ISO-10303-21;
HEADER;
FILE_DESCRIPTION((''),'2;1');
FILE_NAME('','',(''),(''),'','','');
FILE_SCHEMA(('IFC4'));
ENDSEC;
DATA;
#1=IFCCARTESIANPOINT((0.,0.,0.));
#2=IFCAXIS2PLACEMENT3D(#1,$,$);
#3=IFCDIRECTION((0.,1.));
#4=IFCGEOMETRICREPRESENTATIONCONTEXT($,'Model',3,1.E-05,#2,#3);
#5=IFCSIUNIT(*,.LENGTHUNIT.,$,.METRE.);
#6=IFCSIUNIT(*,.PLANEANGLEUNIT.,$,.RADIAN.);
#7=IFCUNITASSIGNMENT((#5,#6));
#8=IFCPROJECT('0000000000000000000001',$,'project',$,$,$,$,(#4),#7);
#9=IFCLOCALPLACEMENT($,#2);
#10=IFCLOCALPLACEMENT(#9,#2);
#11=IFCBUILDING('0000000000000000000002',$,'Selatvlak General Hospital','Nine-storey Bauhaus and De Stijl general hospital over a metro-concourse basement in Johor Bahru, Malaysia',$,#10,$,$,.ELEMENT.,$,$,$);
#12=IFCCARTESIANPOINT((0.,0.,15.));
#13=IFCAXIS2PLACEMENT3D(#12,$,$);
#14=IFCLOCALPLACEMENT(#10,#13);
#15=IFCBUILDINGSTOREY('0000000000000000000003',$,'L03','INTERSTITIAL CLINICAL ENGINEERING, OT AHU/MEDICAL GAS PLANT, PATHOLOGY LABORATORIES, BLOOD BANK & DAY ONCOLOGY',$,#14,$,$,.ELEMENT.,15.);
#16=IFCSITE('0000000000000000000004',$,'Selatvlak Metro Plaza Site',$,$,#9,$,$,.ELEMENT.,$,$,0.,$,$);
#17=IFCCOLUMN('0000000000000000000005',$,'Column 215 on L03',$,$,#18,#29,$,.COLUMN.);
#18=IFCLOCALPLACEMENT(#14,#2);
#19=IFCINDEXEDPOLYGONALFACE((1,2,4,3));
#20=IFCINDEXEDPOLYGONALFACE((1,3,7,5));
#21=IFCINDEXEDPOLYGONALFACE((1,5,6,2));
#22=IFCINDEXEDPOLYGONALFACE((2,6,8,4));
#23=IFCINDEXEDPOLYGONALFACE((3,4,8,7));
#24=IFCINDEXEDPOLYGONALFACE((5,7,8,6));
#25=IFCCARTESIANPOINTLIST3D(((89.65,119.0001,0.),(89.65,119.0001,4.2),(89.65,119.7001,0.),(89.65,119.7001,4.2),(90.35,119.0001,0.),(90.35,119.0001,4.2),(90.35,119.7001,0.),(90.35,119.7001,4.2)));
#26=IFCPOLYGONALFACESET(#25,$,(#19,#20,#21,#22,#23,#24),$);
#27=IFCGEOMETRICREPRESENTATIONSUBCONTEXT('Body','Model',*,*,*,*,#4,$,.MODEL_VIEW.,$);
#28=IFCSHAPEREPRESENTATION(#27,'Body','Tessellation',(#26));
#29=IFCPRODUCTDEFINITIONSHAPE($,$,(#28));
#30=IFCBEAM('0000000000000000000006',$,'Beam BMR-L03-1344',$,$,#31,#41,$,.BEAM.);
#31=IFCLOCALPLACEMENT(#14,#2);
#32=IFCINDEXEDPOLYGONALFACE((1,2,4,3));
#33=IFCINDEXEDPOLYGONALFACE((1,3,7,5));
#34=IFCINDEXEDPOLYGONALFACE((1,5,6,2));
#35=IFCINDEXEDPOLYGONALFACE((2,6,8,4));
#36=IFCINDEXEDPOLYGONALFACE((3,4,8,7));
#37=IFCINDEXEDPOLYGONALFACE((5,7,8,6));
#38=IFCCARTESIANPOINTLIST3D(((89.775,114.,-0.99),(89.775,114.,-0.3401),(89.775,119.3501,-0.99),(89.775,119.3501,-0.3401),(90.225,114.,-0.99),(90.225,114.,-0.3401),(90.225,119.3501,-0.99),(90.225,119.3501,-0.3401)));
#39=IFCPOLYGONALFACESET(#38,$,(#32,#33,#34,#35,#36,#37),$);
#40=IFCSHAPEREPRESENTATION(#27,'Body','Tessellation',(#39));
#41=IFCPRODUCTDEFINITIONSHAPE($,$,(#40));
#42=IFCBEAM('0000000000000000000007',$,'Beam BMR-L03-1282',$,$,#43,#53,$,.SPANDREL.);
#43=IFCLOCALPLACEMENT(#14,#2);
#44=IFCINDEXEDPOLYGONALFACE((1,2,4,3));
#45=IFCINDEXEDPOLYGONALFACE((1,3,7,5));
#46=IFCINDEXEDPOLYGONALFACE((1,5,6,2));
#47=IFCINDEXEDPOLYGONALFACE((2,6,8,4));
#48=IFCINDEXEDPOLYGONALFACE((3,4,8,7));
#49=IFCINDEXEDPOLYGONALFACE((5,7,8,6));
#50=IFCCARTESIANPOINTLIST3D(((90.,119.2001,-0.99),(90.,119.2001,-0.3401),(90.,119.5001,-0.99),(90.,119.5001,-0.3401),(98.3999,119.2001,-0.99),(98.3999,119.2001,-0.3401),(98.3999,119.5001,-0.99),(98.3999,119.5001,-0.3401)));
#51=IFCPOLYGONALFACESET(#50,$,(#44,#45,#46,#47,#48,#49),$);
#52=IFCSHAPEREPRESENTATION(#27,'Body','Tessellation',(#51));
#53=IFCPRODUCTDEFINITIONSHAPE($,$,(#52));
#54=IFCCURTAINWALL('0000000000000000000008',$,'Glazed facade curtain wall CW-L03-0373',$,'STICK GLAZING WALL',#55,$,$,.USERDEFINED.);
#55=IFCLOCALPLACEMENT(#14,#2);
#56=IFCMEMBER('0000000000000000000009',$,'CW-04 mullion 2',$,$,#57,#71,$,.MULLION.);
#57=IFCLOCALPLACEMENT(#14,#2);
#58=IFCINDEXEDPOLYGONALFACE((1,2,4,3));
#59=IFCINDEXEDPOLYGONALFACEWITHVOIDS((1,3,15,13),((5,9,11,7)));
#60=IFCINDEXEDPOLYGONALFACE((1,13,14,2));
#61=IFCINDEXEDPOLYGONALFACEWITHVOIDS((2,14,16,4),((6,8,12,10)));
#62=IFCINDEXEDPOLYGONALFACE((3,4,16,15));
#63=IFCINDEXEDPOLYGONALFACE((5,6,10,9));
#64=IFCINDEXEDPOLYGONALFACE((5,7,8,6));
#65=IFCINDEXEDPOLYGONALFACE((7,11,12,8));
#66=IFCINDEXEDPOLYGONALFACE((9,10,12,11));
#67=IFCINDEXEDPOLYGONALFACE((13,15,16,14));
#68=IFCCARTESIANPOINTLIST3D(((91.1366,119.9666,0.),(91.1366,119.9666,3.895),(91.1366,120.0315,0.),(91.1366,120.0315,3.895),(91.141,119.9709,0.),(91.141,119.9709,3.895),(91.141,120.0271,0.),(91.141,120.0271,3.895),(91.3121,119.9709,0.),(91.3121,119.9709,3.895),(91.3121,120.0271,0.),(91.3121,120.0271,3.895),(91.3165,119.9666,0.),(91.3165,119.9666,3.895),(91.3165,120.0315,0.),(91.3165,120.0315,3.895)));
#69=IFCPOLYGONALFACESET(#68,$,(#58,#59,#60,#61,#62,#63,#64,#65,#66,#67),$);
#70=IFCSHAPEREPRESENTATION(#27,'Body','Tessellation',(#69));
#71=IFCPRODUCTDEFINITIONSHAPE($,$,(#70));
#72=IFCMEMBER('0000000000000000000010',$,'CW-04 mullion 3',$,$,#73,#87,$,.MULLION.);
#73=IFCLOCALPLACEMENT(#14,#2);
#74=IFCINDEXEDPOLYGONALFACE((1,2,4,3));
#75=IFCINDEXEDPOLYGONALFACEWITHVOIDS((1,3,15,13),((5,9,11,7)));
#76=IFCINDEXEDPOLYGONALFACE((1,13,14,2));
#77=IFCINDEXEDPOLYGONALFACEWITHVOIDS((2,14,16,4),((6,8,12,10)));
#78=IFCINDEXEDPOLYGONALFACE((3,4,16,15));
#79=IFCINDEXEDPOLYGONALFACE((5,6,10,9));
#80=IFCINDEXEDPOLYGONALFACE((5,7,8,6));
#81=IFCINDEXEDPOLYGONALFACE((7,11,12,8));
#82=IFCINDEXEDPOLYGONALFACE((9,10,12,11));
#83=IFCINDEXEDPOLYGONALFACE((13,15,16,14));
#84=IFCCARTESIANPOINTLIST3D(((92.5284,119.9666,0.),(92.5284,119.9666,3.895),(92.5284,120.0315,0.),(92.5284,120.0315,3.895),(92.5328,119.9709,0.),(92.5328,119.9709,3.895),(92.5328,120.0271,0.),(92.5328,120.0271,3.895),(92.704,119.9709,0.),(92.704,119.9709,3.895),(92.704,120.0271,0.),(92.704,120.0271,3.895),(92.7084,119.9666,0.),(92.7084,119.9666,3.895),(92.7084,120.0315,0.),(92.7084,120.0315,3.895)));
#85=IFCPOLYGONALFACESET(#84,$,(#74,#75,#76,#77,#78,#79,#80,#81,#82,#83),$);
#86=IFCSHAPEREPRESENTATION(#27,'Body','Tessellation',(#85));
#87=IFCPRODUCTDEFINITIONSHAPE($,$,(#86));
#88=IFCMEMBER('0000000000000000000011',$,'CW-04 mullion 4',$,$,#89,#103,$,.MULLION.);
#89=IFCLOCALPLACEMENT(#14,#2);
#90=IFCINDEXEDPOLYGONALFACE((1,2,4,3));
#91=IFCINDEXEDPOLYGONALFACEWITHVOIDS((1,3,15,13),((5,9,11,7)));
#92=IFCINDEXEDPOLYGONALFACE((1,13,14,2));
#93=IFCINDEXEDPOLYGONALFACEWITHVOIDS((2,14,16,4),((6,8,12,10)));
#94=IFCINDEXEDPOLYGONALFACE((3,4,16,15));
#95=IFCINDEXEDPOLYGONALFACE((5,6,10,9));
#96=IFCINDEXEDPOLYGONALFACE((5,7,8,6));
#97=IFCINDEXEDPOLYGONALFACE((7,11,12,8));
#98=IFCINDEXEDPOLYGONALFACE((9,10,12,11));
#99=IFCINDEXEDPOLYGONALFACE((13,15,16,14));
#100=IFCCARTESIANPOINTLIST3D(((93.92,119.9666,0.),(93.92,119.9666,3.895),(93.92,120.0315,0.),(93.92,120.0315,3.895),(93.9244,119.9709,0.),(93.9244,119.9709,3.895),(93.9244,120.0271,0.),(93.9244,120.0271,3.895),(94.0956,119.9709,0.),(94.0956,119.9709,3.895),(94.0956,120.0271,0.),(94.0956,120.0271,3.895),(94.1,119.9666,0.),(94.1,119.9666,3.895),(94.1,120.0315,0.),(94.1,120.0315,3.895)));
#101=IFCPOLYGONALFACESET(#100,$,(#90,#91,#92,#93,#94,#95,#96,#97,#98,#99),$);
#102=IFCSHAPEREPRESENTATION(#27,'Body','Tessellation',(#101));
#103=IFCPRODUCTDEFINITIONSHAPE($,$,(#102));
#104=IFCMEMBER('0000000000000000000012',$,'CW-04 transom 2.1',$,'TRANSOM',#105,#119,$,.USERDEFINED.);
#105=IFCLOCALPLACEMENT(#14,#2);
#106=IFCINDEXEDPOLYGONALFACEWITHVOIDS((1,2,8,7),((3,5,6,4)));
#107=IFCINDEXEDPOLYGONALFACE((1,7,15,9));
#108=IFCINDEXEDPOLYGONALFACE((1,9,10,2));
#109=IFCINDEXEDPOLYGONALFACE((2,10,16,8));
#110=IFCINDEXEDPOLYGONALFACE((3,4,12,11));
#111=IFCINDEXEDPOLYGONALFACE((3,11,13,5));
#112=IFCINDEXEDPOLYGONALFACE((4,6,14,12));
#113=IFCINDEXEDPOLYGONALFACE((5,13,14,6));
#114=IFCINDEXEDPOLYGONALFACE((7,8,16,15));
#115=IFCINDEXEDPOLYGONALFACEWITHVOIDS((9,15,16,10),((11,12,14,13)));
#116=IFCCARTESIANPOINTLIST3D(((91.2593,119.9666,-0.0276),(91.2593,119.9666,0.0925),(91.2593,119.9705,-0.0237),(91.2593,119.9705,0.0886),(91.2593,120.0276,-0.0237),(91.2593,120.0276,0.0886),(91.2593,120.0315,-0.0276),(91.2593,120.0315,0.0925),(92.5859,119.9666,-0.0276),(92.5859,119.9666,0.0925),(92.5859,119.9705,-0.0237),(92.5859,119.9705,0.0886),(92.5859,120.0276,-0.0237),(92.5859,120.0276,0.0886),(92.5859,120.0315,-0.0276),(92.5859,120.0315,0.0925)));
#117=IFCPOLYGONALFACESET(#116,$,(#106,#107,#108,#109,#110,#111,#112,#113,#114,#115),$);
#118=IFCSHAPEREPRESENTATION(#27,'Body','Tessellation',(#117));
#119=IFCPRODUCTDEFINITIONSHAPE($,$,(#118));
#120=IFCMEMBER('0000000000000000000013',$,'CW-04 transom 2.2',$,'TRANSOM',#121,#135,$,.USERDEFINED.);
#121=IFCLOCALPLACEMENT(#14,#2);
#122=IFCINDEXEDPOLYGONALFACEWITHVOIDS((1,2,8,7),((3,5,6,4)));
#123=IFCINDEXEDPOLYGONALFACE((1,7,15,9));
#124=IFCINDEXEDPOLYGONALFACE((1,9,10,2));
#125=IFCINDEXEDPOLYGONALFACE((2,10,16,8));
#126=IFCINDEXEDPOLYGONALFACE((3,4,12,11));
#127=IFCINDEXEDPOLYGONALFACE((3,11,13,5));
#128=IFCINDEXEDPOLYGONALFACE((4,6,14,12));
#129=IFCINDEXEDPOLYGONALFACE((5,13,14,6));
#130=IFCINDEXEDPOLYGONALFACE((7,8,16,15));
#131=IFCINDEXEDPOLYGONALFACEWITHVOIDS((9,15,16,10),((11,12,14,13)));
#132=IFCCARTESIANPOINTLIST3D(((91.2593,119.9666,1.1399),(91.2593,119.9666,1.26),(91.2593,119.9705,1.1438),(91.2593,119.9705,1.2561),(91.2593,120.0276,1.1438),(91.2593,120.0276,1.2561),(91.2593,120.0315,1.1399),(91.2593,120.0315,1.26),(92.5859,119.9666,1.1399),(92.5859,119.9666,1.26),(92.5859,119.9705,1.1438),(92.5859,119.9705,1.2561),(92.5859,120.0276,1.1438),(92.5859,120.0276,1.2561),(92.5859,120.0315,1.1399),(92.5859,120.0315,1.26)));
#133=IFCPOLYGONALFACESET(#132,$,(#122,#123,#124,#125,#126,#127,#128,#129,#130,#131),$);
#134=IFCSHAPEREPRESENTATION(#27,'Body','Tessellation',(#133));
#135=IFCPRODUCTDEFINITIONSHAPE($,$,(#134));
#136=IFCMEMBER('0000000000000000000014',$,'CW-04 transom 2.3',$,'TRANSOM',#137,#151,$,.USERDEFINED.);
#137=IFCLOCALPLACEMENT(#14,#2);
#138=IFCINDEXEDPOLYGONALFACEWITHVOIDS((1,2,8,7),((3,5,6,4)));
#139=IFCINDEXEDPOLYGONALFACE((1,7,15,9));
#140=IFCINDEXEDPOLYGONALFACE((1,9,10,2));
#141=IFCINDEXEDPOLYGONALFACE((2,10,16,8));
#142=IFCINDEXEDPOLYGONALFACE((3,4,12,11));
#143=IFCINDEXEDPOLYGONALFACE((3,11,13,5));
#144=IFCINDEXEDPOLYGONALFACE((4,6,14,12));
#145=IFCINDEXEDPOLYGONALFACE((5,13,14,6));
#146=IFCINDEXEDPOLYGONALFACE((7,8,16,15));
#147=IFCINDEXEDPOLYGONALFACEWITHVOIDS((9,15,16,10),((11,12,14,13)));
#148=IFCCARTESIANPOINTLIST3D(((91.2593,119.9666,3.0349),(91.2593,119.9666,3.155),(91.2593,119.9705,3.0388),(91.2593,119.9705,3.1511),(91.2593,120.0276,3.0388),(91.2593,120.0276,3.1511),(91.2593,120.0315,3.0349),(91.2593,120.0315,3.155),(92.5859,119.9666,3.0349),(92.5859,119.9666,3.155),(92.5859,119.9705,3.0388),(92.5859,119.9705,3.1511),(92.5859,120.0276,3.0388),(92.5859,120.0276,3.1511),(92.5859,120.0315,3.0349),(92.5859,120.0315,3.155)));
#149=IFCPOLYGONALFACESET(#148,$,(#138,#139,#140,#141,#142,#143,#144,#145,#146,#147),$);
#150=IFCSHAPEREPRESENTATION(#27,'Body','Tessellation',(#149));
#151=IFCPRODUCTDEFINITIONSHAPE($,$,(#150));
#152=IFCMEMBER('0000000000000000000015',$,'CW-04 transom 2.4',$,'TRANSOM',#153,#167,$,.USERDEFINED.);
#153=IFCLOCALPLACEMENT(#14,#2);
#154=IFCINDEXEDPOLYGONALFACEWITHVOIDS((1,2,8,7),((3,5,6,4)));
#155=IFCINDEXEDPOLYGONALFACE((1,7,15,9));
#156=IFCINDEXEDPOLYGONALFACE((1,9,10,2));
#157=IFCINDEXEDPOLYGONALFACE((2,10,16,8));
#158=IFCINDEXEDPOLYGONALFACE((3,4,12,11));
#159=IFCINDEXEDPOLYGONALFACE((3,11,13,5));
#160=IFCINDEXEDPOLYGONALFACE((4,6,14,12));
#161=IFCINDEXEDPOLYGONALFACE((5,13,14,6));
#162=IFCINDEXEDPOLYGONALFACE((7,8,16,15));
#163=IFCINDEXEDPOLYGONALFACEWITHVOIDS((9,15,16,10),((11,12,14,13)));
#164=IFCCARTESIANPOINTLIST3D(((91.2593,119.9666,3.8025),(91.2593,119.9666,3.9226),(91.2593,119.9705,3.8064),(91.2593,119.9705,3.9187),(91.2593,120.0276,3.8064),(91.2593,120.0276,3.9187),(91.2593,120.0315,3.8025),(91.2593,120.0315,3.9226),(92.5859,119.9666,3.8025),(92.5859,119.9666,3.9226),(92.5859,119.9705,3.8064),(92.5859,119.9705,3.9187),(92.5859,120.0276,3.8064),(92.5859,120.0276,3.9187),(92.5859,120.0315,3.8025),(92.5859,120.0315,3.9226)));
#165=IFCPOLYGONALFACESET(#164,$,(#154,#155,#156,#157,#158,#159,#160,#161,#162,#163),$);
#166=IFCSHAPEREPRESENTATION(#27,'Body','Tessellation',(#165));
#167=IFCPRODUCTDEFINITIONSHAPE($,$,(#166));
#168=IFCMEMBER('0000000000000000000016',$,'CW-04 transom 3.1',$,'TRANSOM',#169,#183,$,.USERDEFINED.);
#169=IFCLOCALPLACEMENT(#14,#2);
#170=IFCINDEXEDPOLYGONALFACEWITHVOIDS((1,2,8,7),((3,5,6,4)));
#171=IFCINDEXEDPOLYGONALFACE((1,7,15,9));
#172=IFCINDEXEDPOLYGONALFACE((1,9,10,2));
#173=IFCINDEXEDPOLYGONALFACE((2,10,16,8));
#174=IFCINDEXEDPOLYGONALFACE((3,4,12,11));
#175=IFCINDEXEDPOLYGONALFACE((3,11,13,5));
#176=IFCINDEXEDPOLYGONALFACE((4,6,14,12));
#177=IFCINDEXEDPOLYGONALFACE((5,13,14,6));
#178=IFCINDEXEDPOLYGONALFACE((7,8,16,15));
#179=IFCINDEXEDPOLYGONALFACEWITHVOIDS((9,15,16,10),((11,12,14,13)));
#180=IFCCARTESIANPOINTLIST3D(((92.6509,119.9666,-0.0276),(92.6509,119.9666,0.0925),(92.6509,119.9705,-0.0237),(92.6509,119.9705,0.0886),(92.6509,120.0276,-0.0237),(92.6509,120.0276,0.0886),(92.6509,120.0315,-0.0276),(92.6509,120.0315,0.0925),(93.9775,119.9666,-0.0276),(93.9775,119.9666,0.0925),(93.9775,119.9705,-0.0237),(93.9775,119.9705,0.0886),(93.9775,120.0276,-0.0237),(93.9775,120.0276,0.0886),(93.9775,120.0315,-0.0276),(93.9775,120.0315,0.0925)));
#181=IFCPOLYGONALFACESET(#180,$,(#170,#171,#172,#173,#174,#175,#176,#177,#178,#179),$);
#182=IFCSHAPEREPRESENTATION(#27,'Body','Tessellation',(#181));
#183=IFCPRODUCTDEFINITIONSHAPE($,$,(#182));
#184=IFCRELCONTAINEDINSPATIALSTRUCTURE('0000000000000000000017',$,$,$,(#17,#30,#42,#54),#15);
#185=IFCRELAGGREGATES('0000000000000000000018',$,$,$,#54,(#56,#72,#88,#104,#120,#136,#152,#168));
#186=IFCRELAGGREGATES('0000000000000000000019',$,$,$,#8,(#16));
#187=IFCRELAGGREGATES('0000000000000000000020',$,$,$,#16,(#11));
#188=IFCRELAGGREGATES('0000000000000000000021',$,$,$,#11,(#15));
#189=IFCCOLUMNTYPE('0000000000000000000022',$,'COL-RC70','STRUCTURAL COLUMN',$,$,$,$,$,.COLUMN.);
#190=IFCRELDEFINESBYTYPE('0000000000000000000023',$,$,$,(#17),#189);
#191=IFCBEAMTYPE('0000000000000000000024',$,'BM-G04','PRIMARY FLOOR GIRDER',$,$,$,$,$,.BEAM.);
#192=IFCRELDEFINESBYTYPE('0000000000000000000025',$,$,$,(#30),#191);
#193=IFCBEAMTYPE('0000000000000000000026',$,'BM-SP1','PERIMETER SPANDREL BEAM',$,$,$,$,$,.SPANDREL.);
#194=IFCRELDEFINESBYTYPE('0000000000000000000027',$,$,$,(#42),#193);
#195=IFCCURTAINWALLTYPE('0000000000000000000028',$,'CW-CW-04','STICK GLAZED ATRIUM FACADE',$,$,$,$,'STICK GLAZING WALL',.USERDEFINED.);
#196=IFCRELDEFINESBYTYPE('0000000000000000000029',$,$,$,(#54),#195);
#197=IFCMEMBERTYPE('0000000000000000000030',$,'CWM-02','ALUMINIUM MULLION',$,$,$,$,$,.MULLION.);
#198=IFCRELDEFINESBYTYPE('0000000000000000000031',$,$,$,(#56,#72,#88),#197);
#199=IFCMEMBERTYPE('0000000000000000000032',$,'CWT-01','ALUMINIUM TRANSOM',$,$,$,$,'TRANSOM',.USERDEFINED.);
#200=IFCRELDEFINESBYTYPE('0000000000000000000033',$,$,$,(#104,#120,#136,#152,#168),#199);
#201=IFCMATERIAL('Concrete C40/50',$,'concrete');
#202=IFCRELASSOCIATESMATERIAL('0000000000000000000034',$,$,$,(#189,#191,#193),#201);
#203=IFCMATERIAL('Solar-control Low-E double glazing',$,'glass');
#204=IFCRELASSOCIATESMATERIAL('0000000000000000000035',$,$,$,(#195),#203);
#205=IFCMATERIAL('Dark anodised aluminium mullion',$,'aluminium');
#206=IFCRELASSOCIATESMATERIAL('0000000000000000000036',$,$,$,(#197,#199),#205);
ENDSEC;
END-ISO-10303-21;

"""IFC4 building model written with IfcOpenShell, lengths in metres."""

from ifc_helpers import new_model, si_unit, direction, frame, origin, origin_2d, place, context, subcontext, project, spatial, rectangle, hollow_rectangle, extrude, material, material_profile, profile_set, type_object, element, aggregate, save


model = new_model("IFC4")

# Units and contexts
model_context = context("Model", 3, precision=1e-05, world=origin(), true_north=direction((0.0, 1.0)))
body_context = subcontext(model_context, "Body", "Model", "MODEL_VIEW")
ifc_project = project(units=[si_unit("LENGTHUNIT", "METRE"), si_unit("PLANEANGLEUNIT", "RADIAN")], contexts=[model_context])

# Site, building, storey
site_placement = place(None, origin())
site = spatial("IfcSite", under=ifc_project, at=site_placement, Name="Selatvlak Metro Plaza Site", CompositionType="ELEMENT", RefElevation=0.0)
building_placement = place(site_placement, origin())
building = spatial("IfcBuilding", under=site, at=building_placement, Name="Selatvlak General Hospital", Description="Nine-storey Bauhaus and De Stijl general hospital over a metro-concourse basement in Johor Bahru, Malaysia", CompositionType="ELEMENT")
storey_placement = place(building_placement, frame((0.0, 0.0, 15.0)))
storey = spatial("IfcBuildingStorey", under=building, at=storey_placement, Name="L03", Description="INTERSTITIAL CLINICAL ENGINEERING, OT AHU/MEDICAL GAS PLANT, PATHOLOGY LABORATORIES, BLOOD BANK & DAY ONCOLOGY", CompositionType="ELEMENT", Elevation=15.0)

# Column
ifc_material_1 = material(Name="Concrete C40/50", Category="concrete")
ifc_material_profile_1 = material_profile(ifc_material_1, rectangle(XDim=0.7, YDim=0.7, at=origin_2d()), Name="RC-COL 700x700")
ifc_profile_set_1 = profile_set([ifc_material_profile_1], Name="Concrete C40/50")
column_type = type_object("IfcColumnType", Name="COL-RC70", Description="STRUCTURAL COLUMN", PredefinedType="COLUMN", material=ifc_profile_set_1)
column_placement = place(storey_placement, frame((90.0, 119.3501, 0.0), z_axis=(0.0, 0.0, 1.0), x_axis=(1.0, 0.0, 0.0)))
element("IfcColumn", 1, at=column_placement, inside=storey, type_object=column_type, Name="Column 215 on L03", PredefinedType="COLUMN", context=body_context, shape_type="SweptSolid", body=[
    extrude(rectangle(XDim=0.7, YDim=0.7, at=origin_2d()), origin(), (0.0, 0.0, 1.0), 4.2),
])

# Beams
ifc_material_profile_2 = material_profile(ifc_material_1, rectangle(XDim=0.45, YDim=0.6499, at=origin_2d()), Name="RC-BM 450x650")
ifc_profile_set_2 = profile_set([ifc_material_profile_2], Name="Concrete C40/50")
beam_type_1 = type_object("IfcBeamType", Name="BM-G04", Description="PRIMARY FLOOR GIRDER", PredefinedType="BEAM", material=ifc_profile_set_2)
beam_1_placement = place(storey_placement, frame((90.0, 114.0, -0.665), z_axis=(0.0, 1.0, 0.0), x_axis=(-1.0, 0.0, 0.0)))
element("IfcBeam", 2, at=beam_1_placement, inside=storey, type_object=beam_type_1, Name="Beam BMR-L03-1344", PredefinedType="BEAM", context=body_context, shape_type="SweptSolid", body=[
    extrude(rectangle(XDim=0.45, YDim=0.6499, at=origin_2d()), origin(), (0.0, 0.0, 1.0), 5.3501),
])
ifc_material_profile_3 = material_profile(ifc_material_1, rectangle(XDim=0.3, YDim=0.6499, at=origin_2d()), Name="RC-SP 300x650")
ifc_profile_set_3 = profile_set([ifc_material_profile_3], Name="Concrete C40/50")
beam_type_2 = type_object("IfcBeamType", Name="BM-SP1", Description="PERIMETER SPANDREL BEAM", PredefinedType="SPANDREL", material=ifc_profile_set_3)
beam_2_placement = place(storey_placement, frame((90.0, 119.3501, -0.665), z_axis=(1.0, 0.0, 0.0), x_axis=(0.0, 1.0, 0.0)))
element("IfcBeam", 3, at=beam_2_placement, inside=storey, type_object=beam_type_2, Name="Beam BMR-L03-1282", PredefinedType="SPANDREL", context=body_context, shape_type="SweptSolid", body=[
    extrude(rectangle(XDim=0.3, YDim=0.6499, at=origin_2d()), origin(), (0.0, 0.0, 1.0), 8.3999),
])

# Curtain wall, members
ifc_material_2 = material(Name="Solar-control Low-E double glazing", Category="glass")
curtain_wall_type = type_object("IfcCurtainWallType", Name="CW-CW-04", Description="STICK GLAZED ATRIUM FACADE", ElementType="STICK GLAZING WALL", PredefinedType="USERDEFINED", material=ifc_material_2)
curtain_wall_placement = place(storey_placement, origin())
curtain_wall = element("IfcCurtainWall", 4, at=curtain_wall_placement, inside=storey, type_object=curtain_wall_type, Name="Glazed facade curtain wall CW-L03-0373", ObjectType="STICK GLAZING WALL", PredefinedType="USERDEFINED")
ifc_material_3 = material(Name="Dark anodised aluminium mullion", Category="aluminium")
ifc_material_profile_4 = material_profile(ifc_material_3, hollow_rectangle(XDim=0.0649, YDim=0.1799, WallThickness=0.0044, at=origin_2d()), Name="AL-MUL 65x180x4.5")
ifc_profile_set_4 = profile_set([ifc_material_profile_4], Name="Dark anodised aluminium mullion")
member_type_1 = type_object("IfcMemberType", Name="CWM-02", Description="ALUMINIUM MULLION", PredefinedType="MULLION", material=ifc_profile_set_4)
member_1_placement = place(storey_placement, frame((91.2266, 119.999, 0.0), z_axis=(0.0, 0.0, 1.0), x_axis=(0.0, 1.0, 0.0)))
member_1 = element("IfcMember", 5, at=member_1_placement, type_object=member_type_1, Name="CW-04 mullion 2", PredefinedType="MULLION", context=body_context, shape_type="SweptSolid", body=[
    extrude(hollow_rectangle(XDim=0.0649, YDim=0.1799, WallThickness=0.0044, at=origin_2d()), origin(), (0.0, 0.0, 1.0), 3.895),
])
member_2_placement = place(storey_placement, frame((92.6184, 119.999, 0.0), z_axis=(0.0, 0.0, 1.0), x_axis=(0.0, 1.0, 0.0)))
member_2 = element("IfcMember", 6, at=member_2_placement, type_object=member_type_1, Name="CW-04 mullion 3", PredefinedType="MULLION", context=body_context, shape_type="SweptSolid", body=[
    extrude(hollow_rectangle(XDim=0.0649, YDim=0.1799, WallThickness=0.0044, at=origin_2d()), origin(), (0.0, 0.0, 1.0), 3.895),
])
member_3_placement = place(storey_placement, frame((94.01, 119.999, 0.0), z_axis=(0.0, 0.0, 1.0), x_axis=(0.0, 1.0, 0.0)))
member_3 = element("IfcMember", 7, at=member_3_placement, type_object=member_type_1, Name="CW-04 mullion 4", PredefinedType="MULLION", context=body_context, shape_type="SweptSolid", body=[
    extrude(hollow_rectangle(XDim=0.0649, YDim=0.1799, WallThickness=0.0044, at=origin_2d()), origin(), (0.0, 0.0, 1.0), 3.895),
])
ifc_material_profile_5 = material_profile(ifc_material_3, hollow_rectangle(XDim=0.0649, YDim=0.1201, WallThickness=0.0039, at=origin_2d()), Name="AL-TRN 65x120x4")
ifc_profile_set_5 = profile_set([ifc_material_profile_5], Name="Dark anodised aluminium mullion")
member_type_2 = type_object("IfcMemberType", Name="CWT-01", Description="ALUMINIUM TRANSOM", ElementType="TRANSOM", PredefinedType="USERDEFINED", material=ifc_profile_set_5)
member_4_placement = place(storey_placement, frame((91.2593, 119.999, 0.0325), z_axis=(1.0, 0.0, 0.0), x_axis=(0.0, 1.0, 0.0)))
member_4 = element("IfcMember", 8, at=member_4_placement, type_object=member_type_2, Name="CW-04 transom 2.1", ObjectType="TRANSOM", PredefinedType="USERDEFINED", context=body_context, shape_type="SweptSolid", body=[
    extrude(hollow_rectangle(XDim=0.0649, YDim=0.1201, WallThickness=0.0039, at=origin_2d()), origin(), (0.0, 0.0, 1.0), 1.3267),
])
member_5_placement = place(storey_placement, frame((91.2593, 119.999, 1.2), z_axis=(1.0, 0.0, 0.0), x_axis=(0.0, 1.0, 0.0)))
member_5 = element("IfcMember", 9, at=member_5_placement, type_object=member_type_2, Name="CW-04 transom 2.2", ObjectType="TRANSOM", PredefinedType="USERDEFINED", context=body_context, shape_type="SweptSolid", body=[
    extrude(hollow_rectangle(XDim=0.0649, YDim=0.1201, WallThickness=0.0039, at=origin_2d()), origin(), (0.0, 0.0, 1.0), 1.3267),
])
member_6_placement = place(storey_placement, frame((91.2593, 119.999, 3.095), z_axis=(1.0, 0.0, 0.0), x_axis=(0.0, 1.0, 0.0)))
member_6 = element("IfcMember", 10, at=member_6_placement, type_object=member_type_2, Name="CW-04 transom 2.3", ObjectType="TRANSOM", PredefinedType="USERDEFINED", context=body_context, shape_type="SweptSolid", body=[
    extrude(hollow_rectangle(XDim=0.0649, YDim=0.1201, WallThickness=0.0039, at=origin_2d()), origin(), (0.0, 0.0, 1.0), 1.3267),
])
member_7_placement = place(storey_placement, frame((91.2593, 119.999, 3.8625), z_axis=(1.0, 0.0, 0.0), x_axis=(0.0, 1.0, 0.0)))
member_7 = element("IfcMember", 11, at=member_7_placement, type_object=member_type_2, Name="CW-04 transom 2.4", ObjectType="TRANSOM", PredefinedType="USERDEFINED", context=body_context, shape_type="SweptSolid", body=[
    extrude(hollow_rectangle(XDim=0.0649, YDim=0.1201, WallThickness=0.0039, at=origin_2d()), origin(), (0.0, 0.0, 1.0), 1.3267),
])
member_8_placement = place(storey_placement, frame((92.6509, 119.999, 0.0325), z_axis=(1.0, 0.0, 0.0), x_axis=(0.0, 1.0, 0.0)))
member_8 = element("IfcMember", 12, at=member_8_placement, type_object=member_type_2, Name="CW-04 transom 3.1", ObjectType="TRANSOM", PredefinedType="USERDEFINED", context=body_context, shape_type="SweptSolid", body=[
    extrude(hollow_rectangle(XDim=0.0649, YDim=0.1201, WallThickness=0.0039, at=origin_2d()), origin(), (0.0, 0.0, 1.0), 1.3267),
])
aggregate(curtain_wall, [member_1, member_2, member_3, member_4, member_5, member_6, member_7, member_8])

save(model, "model.ifc")
